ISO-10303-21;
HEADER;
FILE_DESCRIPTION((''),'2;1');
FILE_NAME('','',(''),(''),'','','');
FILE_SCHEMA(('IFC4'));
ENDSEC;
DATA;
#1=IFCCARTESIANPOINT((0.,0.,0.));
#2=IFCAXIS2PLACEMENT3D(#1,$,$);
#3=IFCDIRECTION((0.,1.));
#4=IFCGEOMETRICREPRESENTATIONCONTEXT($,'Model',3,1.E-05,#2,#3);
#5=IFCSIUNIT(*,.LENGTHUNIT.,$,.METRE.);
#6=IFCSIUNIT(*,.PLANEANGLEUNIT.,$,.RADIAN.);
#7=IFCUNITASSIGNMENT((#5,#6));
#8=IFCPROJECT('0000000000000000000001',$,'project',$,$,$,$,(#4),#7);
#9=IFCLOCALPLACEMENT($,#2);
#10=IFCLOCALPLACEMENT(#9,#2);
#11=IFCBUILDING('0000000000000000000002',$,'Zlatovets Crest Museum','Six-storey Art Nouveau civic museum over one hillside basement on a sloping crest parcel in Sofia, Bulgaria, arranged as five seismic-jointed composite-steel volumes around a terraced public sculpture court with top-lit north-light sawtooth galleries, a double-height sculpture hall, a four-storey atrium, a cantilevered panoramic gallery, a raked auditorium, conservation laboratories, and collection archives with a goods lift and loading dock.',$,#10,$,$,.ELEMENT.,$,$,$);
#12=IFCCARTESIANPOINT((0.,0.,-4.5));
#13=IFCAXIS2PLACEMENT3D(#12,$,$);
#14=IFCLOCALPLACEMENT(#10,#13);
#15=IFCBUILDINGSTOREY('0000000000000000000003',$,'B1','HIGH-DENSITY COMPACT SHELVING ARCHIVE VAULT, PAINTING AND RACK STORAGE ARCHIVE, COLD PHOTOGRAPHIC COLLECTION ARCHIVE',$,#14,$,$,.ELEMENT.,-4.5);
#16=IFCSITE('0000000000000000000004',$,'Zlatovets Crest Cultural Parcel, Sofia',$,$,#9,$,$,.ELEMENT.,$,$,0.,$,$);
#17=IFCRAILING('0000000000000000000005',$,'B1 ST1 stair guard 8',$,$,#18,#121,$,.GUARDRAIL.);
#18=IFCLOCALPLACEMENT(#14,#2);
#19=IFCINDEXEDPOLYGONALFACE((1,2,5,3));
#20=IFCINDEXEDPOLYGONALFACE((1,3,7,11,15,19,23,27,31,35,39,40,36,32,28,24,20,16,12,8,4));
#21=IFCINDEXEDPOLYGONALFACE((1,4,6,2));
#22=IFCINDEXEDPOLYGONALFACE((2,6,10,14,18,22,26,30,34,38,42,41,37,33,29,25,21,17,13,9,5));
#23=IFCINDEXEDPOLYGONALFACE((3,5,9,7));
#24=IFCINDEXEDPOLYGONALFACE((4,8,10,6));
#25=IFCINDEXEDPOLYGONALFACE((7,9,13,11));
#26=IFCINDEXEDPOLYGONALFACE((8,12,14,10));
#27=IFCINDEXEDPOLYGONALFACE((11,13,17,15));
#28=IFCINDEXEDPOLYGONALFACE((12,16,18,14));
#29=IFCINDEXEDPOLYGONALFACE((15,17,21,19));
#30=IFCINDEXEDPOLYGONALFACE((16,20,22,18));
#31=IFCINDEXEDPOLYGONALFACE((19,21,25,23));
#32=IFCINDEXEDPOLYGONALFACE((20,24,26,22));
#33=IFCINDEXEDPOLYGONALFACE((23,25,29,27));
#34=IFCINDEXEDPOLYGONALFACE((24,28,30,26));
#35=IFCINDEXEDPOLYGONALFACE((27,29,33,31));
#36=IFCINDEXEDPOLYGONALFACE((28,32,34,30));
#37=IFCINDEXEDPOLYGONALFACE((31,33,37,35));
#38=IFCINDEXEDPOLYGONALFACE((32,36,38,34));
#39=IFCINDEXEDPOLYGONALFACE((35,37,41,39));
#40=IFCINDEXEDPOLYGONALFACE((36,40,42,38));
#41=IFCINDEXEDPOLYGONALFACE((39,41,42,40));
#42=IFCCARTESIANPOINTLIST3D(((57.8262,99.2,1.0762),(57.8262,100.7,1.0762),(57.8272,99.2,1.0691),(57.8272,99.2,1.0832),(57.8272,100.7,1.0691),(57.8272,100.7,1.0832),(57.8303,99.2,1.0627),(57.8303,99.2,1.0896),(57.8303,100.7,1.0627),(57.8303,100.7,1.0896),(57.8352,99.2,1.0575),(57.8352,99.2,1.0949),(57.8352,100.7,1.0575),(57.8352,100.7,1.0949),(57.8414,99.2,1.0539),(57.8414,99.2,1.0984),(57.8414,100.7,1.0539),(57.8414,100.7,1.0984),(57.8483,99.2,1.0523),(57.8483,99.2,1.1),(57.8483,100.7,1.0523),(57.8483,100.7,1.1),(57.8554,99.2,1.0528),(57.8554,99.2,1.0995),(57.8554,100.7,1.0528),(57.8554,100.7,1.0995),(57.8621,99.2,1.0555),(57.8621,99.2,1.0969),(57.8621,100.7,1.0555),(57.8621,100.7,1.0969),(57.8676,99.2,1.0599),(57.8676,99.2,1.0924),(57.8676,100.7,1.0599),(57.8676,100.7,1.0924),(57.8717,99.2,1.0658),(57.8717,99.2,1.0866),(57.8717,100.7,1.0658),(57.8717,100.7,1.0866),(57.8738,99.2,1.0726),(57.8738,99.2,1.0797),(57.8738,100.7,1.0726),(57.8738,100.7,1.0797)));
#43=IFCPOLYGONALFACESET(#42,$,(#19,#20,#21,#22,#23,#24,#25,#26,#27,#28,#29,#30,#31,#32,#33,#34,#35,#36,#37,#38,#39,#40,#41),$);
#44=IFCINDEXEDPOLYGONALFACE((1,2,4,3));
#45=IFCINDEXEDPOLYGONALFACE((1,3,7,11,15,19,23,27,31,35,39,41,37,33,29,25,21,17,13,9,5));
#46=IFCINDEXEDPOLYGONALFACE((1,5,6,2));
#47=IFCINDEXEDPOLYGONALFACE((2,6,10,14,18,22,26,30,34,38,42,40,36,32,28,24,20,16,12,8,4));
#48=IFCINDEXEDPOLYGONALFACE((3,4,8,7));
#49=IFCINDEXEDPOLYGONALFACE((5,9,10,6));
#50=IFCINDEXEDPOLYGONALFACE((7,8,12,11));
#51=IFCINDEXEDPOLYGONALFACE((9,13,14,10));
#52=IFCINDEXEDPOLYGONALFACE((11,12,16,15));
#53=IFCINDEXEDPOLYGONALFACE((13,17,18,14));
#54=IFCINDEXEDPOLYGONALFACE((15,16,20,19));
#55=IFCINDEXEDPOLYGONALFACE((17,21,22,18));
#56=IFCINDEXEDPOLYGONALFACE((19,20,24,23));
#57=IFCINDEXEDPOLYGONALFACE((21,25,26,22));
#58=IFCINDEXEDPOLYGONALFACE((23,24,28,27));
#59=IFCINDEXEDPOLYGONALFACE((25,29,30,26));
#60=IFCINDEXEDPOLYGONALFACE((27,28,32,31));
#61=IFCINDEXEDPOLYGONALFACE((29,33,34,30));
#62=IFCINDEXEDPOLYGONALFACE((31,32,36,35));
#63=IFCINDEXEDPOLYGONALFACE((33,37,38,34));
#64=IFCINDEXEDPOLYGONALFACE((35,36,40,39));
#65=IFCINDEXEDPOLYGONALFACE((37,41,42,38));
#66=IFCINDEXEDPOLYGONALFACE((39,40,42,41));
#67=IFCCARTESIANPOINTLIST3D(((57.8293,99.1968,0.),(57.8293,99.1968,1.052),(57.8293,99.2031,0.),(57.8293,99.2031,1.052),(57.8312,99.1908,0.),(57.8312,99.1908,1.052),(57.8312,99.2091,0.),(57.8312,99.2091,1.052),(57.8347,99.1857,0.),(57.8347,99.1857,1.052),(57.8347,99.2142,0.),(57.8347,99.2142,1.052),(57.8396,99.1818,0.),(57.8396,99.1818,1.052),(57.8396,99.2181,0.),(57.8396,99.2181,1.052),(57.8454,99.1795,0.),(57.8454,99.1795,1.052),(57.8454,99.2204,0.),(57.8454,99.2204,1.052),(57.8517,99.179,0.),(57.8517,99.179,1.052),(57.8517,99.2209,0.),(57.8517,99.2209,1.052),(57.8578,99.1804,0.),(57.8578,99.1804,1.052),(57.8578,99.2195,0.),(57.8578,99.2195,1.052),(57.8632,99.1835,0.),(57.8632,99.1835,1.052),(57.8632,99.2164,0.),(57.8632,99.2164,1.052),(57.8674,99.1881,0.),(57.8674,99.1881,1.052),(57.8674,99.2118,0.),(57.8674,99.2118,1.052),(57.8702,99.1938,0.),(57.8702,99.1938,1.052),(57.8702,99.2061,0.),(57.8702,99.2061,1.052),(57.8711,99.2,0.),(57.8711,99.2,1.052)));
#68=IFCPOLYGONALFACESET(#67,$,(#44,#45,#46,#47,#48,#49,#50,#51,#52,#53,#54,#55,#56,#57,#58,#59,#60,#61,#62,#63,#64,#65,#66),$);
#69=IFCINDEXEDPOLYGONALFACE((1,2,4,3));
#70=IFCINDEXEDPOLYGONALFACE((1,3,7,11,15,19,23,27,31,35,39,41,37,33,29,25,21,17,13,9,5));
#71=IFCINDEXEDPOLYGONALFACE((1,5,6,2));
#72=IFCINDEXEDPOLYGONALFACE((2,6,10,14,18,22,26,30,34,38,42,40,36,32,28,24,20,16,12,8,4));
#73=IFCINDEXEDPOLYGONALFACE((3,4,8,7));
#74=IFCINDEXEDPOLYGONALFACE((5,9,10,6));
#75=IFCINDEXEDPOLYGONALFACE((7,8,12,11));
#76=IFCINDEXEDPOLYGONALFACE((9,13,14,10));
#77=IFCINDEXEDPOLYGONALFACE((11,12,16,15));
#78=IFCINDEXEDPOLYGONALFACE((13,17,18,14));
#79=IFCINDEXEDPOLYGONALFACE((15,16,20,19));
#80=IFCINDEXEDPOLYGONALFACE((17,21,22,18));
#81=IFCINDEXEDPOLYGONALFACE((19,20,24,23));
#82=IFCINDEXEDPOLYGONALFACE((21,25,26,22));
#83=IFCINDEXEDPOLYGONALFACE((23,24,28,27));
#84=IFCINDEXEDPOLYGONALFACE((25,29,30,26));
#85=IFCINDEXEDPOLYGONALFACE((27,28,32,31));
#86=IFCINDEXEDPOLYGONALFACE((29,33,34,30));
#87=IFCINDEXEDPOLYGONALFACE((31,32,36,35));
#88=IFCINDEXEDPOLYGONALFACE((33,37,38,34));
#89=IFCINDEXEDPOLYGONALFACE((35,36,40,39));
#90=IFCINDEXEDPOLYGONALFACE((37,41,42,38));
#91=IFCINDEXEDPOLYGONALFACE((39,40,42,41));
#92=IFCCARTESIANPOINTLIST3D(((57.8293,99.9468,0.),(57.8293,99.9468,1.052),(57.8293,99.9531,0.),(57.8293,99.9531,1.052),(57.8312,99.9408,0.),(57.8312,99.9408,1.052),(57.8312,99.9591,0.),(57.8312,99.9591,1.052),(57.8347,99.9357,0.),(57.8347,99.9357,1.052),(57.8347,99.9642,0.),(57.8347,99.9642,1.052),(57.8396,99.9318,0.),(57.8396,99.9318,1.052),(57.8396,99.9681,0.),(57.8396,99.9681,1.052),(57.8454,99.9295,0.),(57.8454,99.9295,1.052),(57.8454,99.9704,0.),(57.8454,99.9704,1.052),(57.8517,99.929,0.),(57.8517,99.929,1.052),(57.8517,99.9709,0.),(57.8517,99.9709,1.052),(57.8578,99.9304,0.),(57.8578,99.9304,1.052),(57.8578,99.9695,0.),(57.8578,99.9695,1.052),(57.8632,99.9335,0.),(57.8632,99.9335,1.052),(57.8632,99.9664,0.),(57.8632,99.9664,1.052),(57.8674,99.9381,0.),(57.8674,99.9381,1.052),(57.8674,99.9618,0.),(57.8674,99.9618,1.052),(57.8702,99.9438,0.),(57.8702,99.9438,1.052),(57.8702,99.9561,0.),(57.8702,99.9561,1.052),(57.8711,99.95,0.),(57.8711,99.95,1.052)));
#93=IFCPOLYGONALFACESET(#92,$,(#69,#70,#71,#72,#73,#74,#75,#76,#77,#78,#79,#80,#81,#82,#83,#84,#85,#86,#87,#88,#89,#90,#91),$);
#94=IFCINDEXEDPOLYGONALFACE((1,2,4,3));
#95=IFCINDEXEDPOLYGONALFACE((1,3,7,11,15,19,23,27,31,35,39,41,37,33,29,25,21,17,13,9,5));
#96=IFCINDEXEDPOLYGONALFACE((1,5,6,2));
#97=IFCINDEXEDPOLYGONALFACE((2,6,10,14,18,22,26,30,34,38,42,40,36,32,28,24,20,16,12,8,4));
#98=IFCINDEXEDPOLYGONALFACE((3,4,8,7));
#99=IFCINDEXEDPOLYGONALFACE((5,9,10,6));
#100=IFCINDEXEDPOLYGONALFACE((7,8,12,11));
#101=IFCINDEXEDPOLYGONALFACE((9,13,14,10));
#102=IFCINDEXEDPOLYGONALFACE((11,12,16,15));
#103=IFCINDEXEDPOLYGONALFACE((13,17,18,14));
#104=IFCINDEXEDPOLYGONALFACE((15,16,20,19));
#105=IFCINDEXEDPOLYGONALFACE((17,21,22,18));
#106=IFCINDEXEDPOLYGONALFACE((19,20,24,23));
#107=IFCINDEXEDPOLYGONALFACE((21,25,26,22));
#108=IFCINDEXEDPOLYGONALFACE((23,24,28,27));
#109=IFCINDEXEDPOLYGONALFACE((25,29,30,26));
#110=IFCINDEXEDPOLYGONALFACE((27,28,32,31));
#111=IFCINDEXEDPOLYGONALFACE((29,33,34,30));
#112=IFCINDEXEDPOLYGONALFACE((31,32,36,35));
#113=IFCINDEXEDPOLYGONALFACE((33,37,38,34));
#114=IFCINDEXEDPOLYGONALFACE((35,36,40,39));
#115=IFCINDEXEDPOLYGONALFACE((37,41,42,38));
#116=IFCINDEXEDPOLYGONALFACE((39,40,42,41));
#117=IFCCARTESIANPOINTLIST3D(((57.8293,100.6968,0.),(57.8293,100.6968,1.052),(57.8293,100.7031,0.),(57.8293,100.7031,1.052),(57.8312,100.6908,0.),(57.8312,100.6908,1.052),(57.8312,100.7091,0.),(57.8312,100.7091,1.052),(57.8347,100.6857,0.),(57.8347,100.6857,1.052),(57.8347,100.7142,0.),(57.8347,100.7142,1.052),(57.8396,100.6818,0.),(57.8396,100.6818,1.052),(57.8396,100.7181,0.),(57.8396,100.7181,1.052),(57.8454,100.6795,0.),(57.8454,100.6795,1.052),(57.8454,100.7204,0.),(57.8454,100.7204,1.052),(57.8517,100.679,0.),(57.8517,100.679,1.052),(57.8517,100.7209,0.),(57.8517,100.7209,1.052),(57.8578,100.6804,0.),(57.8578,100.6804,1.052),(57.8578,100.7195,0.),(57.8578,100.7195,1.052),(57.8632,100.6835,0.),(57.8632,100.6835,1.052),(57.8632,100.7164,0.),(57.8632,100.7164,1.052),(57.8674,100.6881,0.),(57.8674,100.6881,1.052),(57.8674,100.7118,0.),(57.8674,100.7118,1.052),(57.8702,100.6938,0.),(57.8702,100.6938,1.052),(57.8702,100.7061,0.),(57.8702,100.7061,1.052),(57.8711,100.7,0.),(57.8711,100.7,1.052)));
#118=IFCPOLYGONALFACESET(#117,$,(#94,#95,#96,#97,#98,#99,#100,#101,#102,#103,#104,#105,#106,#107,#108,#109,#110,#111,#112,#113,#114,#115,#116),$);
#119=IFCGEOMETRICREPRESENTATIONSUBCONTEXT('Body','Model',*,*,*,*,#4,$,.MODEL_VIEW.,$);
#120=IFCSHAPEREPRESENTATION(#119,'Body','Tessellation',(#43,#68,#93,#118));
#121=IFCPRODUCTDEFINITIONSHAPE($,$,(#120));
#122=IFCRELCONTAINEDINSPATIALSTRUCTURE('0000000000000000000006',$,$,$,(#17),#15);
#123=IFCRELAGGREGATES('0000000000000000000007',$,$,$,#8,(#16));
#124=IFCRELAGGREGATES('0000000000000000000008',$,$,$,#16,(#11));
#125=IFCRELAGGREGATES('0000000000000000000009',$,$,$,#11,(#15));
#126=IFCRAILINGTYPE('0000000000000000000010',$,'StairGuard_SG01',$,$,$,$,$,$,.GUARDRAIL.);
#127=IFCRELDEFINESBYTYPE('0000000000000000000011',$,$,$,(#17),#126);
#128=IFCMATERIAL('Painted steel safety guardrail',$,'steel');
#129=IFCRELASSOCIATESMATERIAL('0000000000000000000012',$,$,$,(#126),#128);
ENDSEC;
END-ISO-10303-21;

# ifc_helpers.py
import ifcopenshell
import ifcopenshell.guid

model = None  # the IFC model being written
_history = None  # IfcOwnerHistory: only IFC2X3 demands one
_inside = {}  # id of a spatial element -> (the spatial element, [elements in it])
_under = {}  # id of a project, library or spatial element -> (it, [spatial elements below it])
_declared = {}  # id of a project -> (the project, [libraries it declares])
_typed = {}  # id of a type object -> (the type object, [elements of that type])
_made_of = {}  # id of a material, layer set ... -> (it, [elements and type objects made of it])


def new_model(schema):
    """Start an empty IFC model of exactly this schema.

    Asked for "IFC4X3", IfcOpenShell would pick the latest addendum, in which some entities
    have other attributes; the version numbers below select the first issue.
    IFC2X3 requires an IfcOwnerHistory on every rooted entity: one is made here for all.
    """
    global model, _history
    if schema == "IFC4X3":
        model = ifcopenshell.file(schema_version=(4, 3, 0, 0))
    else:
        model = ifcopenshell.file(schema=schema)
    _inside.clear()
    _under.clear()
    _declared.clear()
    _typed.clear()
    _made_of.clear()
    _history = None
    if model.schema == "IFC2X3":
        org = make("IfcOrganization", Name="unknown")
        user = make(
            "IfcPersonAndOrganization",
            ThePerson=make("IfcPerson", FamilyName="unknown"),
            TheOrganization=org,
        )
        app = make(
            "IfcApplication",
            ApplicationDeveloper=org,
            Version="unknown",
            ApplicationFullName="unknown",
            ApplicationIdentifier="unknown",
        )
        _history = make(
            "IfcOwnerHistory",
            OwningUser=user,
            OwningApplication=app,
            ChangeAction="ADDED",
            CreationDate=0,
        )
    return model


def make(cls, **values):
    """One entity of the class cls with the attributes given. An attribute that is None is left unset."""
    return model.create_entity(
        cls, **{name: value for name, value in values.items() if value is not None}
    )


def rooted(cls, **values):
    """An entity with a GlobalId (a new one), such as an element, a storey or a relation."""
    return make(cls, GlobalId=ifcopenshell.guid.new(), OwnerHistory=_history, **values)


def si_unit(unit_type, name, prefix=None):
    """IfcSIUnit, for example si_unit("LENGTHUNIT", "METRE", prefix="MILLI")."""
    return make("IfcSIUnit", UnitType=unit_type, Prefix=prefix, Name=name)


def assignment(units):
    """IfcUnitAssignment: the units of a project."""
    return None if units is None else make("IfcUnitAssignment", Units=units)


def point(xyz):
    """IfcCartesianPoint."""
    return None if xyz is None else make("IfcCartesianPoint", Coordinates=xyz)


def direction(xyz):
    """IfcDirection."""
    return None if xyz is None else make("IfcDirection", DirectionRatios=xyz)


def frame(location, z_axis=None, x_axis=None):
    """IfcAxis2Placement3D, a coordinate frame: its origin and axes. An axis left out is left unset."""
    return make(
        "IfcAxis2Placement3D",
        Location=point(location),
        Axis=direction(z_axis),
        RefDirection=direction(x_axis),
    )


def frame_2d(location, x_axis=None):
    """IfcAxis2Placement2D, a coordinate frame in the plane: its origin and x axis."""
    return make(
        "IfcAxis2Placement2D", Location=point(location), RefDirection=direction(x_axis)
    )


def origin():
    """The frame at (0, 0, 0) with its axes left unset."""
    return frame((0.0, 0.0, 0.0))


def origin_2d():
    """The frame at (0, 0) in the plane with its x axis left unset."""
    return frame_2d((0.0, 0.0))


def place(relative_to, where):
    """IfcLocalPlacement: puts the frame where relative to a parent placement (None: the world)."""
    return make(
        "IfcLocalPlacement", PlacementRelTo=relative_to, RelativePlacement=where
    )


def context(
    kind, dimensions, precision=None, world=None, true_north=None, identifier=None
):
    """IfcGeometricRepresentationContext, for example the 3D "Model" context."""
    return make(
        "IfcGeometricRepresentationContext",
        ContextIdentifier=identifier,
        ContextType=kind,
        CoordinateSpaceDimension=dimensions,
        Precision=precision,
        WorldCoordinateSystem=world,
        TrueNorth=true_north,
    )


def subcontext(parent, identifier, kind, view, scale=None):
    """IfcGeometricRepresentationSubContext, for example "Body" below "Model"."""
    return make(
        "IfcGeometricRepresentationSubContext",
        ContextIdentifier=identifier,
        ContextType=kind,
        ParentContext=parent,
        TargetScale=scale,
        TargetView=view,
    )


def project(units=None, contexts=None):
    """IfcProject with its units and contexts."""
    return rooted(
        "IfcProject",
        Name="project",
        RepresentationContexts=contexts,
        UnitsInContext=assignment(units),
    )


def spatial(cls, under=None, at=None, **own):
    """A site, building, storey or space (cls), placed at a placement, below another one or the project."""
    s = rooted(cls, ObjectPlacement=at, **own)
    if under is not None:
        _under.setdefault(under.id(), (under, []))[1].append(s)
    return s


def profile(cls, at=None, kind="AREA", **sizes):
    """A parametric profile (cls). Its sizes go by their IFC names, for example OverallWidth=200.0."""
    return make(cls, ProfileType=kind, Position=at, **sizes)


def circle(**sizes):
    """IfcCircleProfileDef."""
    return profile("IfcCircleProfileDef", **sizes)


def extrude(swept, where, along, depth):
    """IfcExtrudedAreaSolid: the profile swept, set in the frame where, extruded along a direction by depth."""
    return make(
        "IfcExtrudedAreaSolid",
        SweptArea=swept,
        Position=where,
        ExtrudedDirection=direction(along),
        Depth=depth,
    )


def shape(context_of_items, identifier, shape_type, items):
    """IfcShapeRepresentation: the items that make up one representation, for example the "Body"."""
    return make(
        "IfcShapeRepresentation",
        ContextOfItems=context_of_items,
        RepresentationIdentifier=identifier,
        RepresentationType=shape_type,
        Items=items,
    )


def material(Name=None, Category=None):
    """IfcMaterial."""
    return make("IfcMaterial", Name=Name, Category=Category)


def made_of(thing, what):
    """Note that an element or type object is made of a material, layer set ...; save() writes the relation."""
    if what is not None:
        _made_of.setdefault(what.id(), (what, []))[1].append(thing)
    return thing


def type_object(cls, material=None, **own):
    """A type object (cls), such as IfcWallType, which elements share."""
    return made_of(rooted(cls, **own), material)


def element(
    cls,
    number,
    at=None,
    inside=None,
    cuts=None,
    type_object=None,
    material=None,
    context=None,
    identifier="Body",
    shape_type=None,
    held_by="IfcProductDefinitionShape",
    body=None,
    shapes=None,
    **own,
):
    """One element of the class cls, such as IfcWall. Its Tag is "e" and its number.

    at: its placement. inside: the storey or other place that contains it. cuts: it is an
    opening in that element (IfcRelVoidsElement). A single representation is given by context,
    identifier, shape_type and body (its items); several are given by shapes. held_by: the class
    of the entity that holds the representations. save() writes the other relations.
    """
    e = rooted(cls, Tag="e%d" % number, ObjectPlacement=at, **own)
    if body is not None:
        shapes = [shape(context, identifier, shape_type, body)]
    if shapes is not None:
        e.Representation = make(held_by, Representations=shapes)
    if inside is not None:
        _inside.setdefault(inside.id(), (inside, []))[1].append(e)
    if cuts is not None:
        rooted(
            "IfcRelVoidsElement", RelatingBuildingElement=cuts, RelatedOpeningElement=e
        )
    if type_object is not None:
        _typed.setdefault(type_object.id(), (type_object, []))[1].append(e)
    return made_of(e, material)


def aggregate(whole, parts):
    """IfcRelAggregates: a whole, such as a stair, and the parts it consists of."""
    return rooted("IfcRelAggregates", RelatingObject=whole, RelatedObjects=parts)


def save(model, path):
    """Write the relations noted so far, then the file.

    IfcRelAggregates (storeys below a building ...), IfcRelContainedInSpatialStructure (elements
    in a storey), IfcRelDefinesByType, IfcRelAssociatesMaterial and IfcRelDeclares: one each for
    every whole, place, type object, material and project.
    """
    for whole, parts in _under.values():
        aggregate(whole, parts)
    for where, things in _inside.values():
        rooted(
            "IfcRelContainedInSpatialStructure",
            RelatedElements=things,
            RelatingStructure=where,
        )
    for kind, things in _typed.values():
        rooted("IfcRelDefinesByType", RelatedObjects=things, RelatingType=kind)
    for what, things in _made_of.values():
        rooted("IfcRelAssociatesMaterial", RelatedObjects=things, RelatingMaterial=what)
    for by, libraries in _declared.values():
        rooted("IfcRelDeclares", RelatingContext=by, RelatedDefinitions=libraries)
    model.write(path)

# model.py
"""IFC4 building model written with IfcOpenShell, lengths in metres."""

from ifc_helpers import new_model, si_unit, direction, frame, origin, origin_2d, place, context, subcontext, project, spatial, circle, extrude, material, type_object, element, save


model = new_model("IFC4")

# Units and contexts
model_context = context("Model", 3, precision=1e-05, world=origin(), true_north=direction((0.0, 1.0)))
body_context = subcontext(model_context, "Body", "Model", "MODEL_VIEW")
ifc_project = project(units=[si_unit("LENGTHUNIT", "METRE"), si_unit("PLANEANGLEUNIT", "RADIAN")], contexts=[model_context])

# Site, building, storey
site_placement = place(None, origin())
site = spatial("IfcSite", under=ifc_project, at=site_placement, Name="Zlatovets Crest Cultural Parcel, Sofia", CompositionType="ELEMENT", RefElevation=0.0)
building_placement = place(site_placement, origin())
building = spatial("IfcBuilding", under=site, at=building_placement, Name="Zlatovets Crest Museum", Description="Six-storey Art Nouveau civic museum over one hillside basement on a sloping crest parcel in Sofia, Bulgaria, arranged as five seismic-jointed composite-steel volumes around a terraced public sculpture court with top-lit north-light sawtooth galleries, a double-height sculpture hall, a four-storey atrium, a cantilevered panoramic gallery, a raked auditorium, conservation laboratories, and collection archives with a goods lift and loading dock.", CompositionType="ELEMENT")
storey_placement = place(building_placement, frame((0.0, 0.0, -4.5)))
storey = spatial("IfcBuildingStorey", under=building, at=storey_placement, Name="B1", Description="HIGH-DENSITY COMPACT SHELVING ARCHIVE VAULT, PAINTING AND RACK STORAGE ARCHIVE, COLD PHOTOGRAPHIC COLLECTION ARCHIVE", CompositionType="ELEMENT", Elevation=-4.5)

# Railing
ifc_material_1 = material(Name="Painted steel safety guardrail", Category="steel")
railing_type_1 = type_object("IfcRailingType", Name="StairGuard_SG01", PredefinedType="GUARDRAIL", material=ifc_material_1)
for number, where, name in (
    (1, (57.8501, 99.2, 0.0), "B1 ST1 stair guard 8"),
):
    element("IfcRailing", number, at=place(storey_placement, frame(where)), inside=storey, type_object=railing_type_1, Name=name, PredefinedType="GUARDRAIL", context=body_context, shape_type="SweptSolid", body=[
        extrude(circle(Radius=0.0239, at=origin_2d()), frame((0.0, 0.0, 1.0762), z_axis=(0.0, 1.0, 0.0), x_axis=(-1.0, 0.0, 0.0)), (0.0, 0.0, 1.0), 1.5),
        extrude(circle(Radius=0.021, at=origin_2d()), origin(), (0.0, 0.0, 1.0), 1.052),
        extrude(circle(Radius=0.021, at=origin_2d()), frame((0.0, 0.75, 0.0)), (0.0, 0.0, 1.0), 1.052),
        extrude(circle(Radius=0.021, at=origin_2d()), frame((0.0, 1.5, 0.0)), (0.0, 0.0, 1.0), 1.052),
    ])

save(model, "model.ifc")
